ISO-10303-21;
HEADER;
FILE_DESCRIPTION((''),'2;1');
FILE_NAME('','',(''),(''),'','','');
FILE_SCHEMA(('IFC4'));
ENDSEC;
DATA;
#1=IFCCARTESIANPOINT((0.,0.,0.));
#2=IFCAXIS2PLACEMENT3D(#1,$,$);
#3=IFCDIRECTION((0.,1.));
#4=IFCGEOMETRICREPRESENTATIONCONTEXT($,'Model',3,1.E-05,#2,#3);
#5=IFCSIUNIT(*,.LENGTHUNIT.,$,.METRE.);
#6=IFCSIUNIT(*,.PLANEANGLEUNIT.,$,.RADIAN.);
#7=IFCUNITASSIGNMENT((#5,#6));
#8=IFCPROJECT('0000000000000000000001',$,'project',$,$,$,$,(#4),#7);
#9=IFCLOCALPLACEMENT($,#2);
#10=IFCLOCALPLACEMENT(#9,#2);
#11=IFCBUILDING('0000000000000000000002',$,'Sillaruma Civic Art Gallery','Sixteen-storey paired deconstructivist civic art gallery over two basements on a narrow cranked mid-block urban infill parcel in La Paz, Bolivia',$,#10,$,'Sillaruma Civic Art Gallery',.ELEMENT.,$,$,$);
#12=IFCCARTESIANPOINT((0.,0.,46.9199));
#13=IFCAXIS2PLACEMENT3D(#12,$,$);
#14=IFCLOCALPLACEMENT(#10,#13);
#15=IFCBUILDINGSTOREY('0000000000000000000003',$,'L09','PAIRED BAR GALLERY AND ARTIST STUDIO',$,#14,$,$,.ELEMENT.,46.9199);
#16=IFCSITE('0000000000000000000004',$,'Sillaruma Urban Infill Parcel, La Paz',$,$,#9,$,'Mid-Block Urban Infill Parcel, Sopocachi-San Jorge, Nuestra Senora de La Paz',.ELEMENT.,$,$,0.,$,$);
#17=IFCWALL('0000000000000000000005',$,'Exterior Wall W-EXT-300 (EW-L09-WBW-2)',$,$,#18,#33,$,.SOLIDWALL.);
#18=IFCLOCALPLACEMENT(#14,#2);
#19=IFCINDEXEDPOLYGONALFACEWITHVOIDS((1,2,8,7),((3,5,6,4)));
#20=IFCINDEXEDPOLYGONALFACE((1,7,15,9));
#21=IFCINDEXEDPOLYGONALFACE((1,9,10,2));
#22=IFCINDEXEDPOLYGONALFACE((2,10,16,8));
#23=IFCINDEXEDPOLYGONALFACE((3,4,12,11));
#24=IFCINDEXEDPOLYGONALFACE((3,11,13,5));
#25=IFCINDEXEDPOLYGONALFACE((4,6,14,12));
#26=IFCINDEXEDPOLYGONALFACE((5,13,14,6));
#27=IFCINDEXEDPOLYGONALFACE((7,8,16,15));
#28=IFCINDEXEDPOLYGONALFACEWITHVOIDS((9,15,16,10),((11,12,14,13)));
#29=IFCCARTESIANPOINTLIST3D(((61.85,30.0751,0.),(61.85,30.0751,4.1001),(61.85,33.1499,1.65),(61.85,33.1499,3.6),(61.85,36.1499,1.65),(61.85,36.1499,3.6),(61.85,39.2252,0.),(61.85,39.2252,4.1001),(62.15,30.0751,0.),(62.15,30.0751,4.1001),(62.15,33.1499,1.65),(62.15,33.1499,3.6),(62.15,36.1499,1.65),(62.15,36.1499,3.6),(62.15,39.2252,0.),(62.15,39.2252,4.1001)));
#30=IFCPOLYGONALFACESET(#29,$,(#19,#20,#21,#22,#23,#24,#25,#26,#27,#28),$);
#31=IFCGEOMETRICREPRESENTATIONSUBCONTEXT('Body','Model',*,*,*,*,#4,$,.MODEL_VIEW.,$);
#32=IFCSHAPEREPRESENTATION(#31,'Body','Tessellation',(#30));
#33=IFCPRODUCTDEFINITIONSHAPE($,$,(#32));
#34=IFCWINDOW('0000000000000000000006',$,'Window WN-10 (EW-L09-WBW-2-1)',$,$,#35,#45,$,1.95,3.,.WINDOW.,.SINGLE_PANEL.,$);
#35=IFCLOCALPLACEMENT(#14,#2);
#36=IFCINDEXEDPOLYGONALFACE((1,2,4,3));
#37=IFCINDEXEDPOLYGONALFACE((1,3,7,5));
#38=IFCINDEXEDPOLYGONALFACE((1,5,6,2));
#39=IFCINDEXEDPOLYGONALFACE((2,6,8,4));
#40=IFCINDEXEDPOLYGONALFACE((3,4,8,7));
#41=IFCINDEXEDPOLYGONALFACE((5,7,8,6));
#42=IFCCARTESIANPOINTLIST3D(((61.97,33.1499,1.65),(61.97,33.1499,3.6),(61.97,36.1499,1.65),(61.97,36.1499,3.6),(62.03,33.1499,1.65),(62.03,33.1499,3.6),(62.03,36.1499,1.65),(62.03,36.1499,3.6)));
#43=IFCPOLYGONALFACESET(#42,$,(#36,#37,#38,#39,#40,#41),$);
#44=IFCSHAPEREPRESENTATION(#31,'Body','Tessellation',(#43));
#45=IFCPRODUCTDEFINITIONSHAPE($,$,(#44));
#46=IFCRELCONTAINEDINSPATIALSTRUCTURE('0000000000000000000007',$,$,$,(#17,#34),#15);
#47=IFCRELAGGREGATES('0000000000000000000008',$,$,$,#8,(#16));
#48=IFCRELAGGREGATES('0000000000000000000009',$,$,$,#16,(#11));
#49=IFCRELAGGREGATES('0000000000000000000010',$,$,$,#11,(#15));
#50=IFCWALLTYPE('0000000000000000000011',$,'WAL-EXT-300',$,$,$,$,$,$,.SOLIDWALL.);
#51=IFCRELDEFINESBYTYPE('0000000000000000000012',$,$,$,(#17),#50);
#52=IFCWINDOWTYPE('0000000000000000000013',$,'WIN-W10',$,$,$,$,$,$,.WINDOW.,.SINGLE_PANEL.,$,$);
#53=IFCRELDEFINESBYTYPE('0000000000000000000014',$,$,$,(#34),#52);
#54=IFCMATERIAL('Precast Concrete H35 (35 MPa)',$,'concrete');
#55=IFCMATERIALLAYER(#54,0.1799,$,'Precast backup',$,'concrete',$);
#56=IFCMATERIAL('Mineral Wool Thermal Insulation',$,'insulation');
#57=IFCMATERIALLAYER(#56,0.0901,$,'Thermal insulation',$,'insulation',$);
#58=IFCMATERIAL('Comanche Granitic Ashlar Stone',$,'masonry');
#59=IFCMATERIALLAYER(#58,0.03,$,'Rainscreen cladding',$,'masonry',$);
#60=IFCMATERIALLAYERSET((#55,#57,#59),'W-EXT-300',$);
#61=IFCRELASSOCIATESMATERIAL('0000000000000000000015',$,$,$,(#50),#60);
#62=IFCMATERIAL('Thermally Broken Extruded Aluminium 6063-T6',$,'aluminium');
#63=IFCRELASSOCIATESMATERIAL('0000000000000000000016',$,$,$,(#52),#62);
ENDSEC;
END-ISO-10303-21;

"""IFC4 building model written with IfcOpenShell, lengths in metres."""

from ifc_helpers import new_model, si_unit, direction, frame, frame_2d, origin, place, context, subcontext, project, spatial, rectangle, extrude, material, layer, layer_set, type_object, element, fill, save


model = new_model("IFC4")

# Units and contexts
model_context = context("Model", 3, precision=1e-05, world=origin(), true_north=direction((0.0, 1.0)))
body_context = subcontext(model_context, "Body", "Model", "MODEL_VIEW")
ifc_project = project(units=[si_unit("LENGTHUNIT", "METRE"), si_unit("PLANEANGLEUNIT", "RADIAN")], contexts=[model_context])

# Site, building, storey
site_placement = place(None, origin())
site = spatial("IfcSite", under=ifc_project, at=site_placement, Name="Sillaruma Urban Infill Parcel, La Paz", LongName="Mid-Block Urban Infill Parcel, Sopocachi-San Jorge, Nuestra Senora de La Paz", CompositionType="ELEMENT", RefElevation=0.0)
building_placement = place(site_placement, origin())
building = spatial("IfcBuilding", under=site, at=building_placement, Name="Sillaruma Civic Art Gallery", Description="Sixteen-storey paired deconstructivist civic art gallery over two basements on a narrow cranked mid-block urban infill parcel in La Paz, Bolivia", LongName="Sillaruma Civic Art Gallery", CompositionType="ELEMENT")
storey_placement = place(building_placement, frame((0.0, 0.0, 46.9199)))
storey = spatial("IfcBuildingStorey", under=building, at=storey_placement, Name="L09", Description="PAIRED BAR GALLERY AND ARTIST STUDIO", CompositionType="ELEMENT", Elevation=46.9199)

# Shared definitions
ifc_material_1 = material(Name="Thermally Broken Extruded Aluminium 6063-T6", Category="aluminium")

# Shared definitions
ifc_material_2 = material(Name="Mineral Wool Thermal Insulation", Category="insulation")

# Wall, opening, window
ifc_material_3 = material(Name="Precast Concrete H35 (35 MPa)", Category="concrete")
ifc_layer_1 = layer(ifc_material_3, 0.1799, Name="Precast backup", Category="concrete")
ifc_layer_2 = layer(ifc_material_2, 0.0901, Name="Thermal insulation", Category="insulation")
ifc_material_4 = material(Name="Comanche Granitic Ashlar Stone", Category="masonry")
ifc_layer_3 = layer(ifc_material_4, 0.03, Name="Rainscreen cladding", Category="masonry")
ifc_layer_set_1 = layer_set([ifc_layer_1, ifc_layer_2, ifc_layer_3], Name="W-EXT-300")
wall_type_1 = type_object("IfcWallType", Name="WAL-EXT-300", PredefinedType="SOLIDWALL", material=ifc_layer_set_1)
wall_1_placement = place(storey_placement, frame((62.0, 30.075, 0.0), z_axis=(0.0, 0.0, 1.0), x_axis=(0.0, 1.0, 0.0)))
wall_1 = element("IfcWall", 1, at=wall_1_placement, inside=storey, type_object=wall_type_1, Name="Exterior Wall W-EXT-300 (EW-L09-WBW-2)", PredefinedType="SOLIDWALL", context=body_context, shape_type="SweptSolid", body=[
    extrude(rectangle(XDim=9.1501, YDim=0.3, at=frame_2d((4.5752, 0.0))), origin(), (0.0, 0.0, 1.0), 4.1001),
])
opening_placement = place(wall_1_placement, frame((3.075, 0.0, 1.6499)))
opening = element("IfcOpeningElement", 2, at=opening_placement, cuts=wall_1, PredefinedType="OPENING", context=body_context, shape_type="SweptSolid", body=[
    extrude(rectangle(XDim=3.0, YDim=1.95, at=frame_2d((1.5, 0.9751))), frame((0.0, 0.1599, 0.0), z_axis=(0.0, -1.0, 0.0), x_axis=(1.0, 0.0, 0.0)), (0.0, 0.0, 1.0), 0.3201),
])
window_type = type_object("IfcWindowType", Name="WIN-W10", PartitioningType="SINGLE_PANEL", PredefinedType="WINDOW", material=ifc_material_1)
window_placement = place(opening_placement, origin())
window = element("IfcWindow", 3, at=window_placement, inside=storey, type_object=window_type, Name="Window WN-10 (EW-L09-WBW-2-1)", OverallHeight=1.95, OverallWidth=3.0, PartitioningType="SINGLE_PANEL", PredefinedType="WINDOW", context=body_context, shape_type="SweptSolid", body=[
    extrude(rectangle(XDim=3.0, YDim=1.95, at=frame_2d((1.5, 0.9751))), frame((0.0, 0.03, 0.0), z_axis=(0.0, -1.0, 0.0), x_axis=(1.0, 0.0, 0.0)), (0.0, 0.0, 1.0), 0.0601),
])
fill(opening, window)

save(model, "model.ifc")
